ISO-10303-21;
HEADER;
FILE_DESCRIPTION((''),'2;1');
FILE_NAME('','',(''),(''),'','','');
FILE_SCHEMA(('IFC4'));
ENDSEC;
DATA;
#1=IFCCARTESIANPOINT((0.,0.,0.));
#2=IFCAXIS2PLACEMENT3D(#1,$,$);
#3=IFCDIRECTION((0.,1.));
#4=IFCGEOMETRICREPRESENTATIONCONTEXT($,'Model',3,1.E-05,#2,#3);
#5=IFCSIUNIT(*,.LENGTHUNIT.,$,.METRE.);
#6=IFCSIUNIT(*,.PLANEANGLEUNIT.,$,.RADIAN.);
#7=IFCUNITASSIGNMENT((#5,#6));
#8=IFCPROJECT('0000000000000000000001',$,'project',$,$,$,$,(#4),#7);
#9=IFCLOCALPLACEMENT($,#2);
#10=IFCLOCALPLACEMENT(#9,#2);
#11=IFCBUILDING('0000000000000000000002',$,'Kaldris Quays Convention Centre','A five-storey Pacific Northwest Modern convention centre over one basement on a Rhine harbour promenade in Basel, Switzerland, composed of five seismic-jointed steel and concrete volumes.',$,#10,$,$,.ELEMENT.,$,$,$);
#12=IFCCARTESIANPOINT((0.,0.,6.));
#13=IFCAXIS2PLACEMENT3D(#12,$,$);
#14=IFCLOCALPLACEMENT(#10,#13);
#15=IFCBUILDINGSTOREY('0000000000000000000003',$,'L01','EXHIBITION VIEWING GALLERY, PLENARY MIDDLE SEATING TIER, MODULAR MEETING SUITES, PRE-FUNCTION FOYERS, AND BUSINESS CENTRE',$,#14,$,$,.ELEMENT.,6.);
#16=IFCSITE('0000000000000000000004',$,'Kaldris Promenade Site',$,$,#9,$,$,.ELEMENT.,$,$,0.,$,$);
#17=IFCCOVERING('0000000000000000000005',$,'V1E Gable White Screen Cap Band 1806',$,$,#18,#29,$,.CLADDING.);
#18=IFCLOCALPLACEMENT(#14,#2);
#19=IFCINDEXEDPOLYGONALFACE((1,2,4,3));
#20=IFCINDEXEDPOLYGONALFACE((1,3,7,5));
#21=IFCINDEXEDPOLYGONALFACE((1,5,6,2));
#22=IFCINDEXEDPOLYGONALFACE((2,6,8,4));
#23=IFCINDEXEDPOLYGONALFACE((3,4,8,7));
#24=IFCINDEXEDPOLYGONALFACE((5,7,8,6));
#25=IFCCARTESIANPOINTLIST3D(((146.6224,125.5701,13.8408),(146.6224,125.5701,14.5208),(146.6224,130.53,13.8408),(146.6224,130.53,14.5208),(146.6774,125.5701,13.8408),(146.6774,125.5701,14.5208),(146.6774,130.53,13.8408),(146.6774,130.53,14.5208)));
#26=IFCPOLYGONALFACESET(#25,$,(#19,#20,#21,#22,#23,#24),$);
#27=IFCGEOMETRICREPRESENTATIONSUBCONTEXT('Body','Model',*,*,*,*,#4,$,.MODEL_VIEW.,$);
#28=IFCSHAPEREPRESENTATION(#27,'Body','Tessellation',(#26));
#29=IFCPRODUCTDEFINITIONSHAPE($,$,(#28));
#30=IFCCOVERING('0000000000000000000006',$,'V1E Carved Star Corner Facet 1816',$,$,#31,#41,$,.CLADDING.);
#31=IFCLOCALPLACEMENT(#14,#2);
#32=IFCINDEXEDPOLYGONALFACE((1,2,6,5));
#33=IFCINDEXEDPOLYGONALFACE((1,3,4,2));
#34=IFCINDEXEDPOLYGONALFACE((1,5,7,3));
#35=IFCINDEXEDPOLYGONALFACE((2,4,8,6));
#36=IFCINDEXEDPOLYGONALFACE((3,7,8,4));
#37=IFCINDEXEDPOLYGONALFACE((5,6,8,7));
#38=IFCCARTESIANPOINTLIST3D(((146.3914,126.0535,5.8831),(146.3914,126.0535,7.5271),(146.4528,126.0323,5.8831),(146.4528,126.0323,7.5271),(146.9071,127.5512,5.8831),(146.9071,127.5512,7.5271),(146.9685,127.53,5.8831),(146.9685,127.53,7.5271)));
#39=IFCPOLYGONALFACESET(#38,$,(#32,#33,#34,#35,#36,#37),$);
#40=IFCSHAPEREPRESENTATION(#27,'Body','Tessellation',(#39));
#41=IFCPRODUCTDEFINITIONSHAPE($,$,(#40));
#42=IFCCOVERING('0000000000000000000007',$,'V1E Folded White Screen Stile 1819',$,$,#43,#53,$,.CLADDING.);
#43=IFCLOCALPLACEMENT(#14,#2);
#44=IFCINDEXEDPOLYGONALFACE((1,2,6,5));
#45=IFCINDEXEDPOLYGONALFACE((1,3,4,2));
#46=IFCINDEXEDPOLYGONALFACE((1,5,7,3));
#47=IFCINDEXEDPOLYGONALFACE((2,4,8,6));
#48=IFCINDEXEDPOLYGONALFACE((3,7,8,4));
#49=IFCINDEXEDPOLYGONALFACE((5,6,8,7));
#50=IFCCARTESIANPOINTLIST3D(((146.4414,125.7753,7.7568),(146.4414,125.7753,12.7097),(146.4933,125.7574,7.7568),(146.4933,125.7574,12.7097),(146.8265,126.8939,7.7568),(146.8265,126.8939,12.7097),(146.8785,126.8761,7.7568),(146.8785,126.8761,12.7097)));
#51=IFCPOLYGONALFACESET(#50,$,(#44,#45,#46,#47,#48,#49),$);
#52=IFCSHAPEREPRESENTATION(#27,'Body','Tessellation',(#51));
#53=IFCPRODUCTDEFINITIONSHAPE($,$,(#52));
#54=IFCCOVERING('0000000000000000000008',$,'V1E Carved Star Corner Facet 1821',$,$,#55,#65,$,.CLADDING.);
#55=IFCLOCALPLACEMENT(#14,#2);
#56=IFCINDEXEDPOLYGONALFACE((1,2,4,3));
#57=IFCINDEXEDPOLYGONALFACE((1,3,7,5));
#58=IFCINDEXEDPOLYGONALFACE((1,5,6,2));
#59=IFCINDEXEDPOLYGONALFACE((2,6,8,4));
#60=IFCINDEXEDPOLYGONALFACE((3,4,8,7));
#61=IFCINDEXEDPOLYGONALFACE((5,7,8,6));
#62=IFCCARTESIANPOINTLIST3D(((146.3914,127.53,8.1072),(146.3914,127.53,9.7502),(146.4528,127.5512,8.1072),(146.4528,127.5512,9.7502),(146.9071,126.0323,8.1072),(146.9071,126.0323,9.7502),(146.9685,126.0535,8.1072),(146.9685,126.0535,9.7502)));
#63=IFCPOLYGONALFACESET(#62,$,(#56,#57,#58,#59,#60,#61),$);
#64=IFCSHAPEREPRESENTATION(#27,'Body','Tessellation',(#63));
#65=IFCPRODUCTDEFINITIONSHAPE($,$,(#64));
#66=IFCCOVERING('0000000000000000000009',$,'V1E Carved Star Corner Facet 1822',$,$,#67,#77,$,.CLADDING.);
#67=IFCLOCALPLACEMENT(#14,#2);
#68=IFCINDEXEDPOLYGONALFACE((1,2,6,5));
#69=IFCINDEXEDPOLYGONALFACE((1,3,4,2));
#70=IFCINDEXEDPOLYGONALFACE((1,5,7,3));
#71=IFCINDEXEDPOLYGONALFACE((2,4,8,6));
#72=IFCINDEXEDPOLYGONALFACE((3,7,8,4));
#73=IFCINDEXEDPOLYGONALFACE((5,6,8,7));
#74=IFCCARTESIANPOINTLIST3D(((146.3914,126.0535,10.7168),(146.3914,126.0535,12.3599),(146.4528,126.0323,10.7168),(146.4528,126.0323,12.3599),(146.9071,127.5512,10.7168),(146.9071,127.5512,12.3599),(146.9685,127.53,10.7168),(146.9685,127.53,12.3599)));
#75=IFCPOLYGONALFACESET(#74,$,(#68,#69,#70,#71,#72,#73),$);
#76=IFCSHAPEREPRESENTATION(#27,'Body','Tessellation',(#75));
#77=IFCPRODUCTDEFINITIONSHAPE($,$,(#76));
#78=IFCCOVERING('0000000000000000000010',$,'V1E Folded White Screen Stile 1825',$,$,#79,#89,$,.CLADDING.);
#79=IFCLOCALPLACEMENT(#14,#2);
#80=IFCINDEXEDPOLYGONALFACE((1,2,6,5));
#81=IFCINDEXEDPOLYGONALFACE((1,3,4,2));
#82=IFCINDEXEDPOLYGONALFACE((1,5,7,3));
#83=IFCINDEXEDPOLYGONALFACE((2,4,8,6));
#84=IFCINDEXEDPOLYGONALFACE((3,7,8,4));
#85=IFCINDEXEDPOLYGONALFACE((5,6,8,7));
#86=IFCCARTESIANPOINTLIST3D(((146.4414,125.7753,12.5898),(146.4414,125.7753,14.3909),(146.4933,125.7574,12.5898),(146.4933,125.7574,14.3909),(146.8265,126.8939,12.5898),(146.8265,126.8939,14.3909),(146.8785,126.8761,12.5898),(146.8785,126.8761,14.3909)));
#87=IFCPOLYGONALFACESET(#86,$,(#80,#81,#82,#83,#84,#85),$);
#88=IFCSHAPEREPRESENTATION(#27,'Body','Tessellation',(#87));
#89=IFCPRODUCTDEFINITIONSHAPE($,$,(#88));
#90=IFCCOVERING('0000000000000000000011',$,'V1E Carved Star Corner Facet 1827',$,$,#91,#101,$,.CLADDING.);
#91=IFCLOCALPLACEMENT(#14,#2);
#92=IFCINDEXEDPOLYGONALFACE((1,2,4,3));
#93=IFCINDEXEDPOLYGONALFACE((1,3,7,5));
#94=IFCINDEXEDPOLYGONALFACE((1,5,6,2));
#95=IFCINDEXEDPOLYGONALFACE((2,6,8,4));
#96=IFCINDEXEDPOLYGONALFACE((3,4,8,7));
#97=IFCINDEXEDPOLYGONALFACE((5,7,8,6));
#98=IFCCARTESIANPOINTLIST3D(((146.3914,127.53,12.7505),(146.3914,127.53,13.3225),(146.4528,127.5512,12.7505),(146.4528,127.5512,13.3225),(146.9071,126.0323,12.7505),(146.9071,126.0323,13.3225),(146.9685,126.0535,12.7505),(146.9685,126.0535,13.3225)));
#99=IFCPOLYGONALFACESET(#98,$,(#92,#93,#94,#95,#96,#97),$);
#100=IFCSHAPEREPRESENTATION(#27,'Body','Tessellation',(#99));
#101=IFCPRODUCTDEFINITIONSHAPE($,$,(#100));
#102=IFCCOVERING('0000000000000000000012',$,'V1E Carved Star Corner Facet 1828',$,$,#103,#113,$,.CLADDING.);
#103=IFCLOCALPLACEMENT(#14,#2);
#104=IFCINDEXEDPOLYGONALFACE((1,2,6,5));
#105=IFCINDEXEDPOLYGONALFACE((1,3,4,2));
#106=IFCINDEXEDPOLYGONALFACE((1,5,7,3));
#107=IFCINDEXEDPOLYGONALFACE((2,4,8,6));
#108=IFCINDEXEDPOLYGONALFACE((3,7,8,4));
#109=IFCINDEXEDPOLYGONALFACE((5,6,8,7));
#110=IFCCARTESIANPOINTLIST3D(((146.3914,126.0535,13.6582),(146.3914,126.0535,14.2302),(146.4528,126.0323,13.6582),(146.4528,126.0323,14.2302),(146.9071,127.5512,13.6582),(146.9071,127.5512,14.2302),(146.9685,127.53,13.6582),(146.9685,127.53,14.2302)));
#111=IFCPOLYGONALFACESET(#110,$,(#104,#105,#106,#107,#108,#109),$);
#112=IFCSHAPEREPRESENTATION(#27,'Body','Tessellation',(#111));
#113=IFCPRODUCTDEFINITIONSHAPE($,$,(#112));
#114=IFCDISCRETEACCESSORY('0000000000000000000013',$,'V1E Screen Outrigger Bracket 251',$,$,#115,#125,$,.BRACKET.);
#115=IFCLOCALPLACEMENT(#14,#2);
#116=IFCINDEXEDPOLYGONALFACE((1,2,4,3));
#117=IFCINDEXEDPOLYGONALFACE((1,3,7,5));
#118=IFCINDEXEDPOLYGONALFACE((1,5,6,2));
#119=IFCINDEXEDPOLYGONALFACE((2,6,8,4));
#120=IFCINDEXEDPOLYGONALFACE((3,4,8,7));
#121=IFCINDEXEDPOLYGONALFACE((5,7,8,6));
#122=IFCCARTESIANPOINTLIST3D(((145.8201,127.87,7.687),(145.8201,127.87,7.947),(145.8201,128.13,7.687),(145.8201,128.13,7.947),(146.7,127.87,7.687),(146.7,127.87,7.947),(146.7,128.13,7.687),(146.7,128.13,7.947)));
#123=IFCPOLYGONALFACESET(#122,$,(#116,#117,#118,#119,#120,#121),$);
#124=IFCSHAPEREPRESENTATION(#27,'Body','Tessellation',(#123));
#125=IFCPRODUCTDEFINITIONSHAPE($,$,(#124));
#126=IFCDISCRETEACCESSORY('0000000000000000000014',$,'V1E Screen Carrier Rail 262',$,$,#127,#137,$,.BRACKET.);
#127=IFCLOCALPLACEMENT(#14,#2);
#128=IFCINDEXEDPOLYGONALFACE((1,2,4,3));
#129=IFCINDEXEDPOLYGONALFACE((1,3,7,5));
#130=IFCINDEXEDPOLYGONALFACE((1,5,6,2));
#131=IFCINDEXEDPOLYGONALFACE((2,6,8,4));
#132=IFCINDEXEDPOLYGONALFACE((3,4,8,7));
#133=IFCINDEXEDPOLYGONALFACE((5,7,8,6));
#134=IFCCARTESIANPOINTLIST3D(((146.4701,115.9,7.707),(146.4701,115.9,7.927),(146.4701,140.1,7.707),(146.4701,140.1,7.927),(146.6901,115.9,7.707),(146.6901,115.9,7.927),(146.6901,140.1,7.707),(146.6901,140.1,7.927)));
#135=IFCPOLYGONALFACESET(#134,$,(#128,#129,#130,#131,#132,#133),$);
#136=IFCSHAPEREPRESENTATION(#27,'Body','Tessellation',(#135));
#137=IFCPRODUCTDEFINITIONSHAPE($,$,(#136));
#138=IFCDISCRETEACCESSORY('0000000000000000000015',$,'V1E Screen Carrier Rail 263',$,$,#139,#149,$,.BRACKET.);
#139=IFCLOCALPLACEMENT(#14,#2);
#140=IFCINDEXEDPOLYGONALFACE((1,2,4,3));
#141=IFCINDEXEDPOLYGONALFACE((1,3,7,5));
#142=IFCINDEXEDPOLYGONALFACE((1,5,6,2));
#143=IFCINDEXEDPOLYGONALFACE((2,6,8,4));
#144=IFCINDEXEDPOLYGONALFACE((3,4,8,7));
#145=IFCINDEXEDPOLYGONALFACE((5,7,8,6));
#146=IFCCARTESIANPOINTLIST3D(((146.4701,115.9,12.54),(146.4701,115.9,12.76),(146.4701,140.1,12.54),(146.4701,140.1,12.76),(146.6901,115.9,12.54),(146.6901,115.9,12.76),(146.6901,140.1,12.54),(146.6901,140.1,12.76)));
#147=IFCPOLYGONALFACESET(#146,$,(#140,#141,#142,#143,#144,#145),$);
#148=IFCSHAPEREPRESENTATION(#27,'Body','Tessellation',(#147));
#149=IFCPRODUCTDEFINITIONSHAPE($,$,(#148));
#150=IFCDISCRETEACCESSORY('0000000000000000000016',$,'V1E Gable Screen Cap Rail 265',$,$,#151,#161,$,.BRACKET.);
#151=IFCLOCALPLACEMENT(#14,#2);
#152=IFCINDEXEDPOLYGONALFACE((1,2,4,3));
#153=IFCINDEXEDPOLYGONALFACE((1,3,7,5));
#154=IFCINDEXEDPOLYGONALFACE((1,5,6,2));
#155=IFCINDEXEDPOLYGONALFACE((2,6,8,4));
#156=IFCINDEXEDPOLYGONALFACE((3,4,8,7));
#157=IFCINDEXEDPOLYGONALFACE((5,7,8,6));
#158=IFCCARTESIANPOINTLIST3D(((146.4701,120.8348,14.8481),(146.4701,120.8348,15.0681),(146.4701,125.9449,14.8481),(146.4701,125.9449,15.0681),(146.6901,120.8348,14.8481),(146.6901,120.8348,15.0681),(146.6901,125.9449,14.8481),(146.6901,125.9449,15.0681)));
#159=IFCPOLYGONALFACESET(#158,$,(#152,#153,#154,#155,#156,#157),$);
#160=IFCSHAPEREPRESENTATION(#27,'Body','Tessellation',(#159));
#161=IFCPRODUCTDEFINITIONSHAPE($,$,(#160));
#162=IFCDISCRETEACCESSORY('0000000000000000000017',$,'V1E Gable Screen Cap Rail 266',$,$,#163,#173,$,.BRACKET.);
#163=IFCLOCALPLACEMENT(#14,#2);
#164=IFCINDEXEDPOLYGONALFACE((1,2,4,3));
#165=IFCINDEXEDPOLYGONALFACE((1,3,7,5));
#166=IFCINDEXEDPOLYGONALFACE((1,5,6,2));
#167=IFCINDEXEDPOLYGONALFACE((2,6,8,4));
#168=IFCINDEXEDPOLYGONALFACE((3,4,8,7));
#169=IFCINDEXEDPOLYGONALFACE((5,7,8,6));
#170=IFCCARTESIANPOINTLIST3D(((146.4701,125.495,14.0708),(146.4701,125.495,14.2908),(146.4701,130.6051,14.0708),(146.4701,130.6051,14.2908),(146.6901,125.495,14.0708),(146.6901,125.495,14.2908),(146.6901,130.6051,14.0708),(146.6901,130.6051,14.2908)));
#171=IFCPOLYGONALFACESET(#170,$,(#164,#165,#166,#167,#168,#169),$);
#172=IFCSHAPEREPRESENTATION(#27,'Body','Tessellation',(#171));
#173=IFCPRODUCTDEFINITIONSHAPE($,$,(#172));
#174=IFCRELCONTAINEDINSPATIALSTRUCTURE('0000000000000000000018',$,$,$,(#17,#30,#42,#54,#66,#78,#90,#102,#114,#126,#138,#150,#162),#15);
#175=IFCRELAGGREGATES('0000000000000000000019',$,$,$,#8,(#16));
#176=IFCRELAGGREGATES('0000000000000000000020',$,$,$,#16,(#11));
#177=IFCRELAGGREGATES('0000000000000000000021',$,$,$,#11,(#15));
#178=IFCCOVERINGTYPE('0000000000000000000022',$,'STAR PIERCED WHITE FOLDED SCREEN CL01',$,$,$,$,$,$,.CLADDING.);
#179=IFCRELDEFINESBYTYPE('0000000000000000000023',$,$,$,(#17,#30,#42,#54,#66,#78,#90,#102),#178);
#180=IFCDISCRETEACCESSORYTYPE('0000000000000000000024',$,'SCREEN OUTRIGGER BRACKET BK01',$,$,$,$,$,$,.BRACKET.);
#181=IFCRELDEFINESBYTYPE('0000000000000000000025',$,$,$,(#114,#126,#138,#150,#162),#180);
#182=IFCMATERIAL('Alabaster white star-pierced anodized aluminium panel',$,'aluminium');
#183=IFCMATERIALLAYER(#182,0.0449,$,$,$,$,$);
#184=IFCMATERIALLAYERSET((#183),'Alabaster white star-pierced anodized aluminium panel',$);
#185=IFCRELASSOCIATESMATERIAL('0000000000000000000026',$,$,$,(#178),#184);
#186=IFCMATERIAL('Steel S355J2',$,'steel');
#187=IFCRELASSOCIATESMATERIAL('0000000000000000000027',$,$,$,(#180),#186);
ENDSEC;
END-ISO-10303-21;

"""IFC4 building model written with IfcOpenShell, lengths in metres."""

from ifc_helpers import new_model, si_unit, direction, frame, origin, origin_2d, place, context, subcontext, project, spatial, rectangle, extrude, material, layer, layer_set, type_object, element, save


model = new_model("IFC4")

# Units and contexts
model_context = context("Model", 3, precision=1e-05, world=origin(), true_north=direction((0.0, 1.0)))
body_context = subcontext(model_context, "Body", "Model", "MODEL_VIEW")
ifc_project = project(units=[si_unit("LENGTHUNIT", "METRE"), si_unit("PLANEANGLEUNIT", "RADIAN")], contexts=[model_context])

# Site, building, storey
site_placement = place(None, origin())
site = spatial("IfcSite", under=ifc_project, at=site_placement, Name="Kaldris Promenade Site", CompositionType="ELEMENT", RefElevation=0.0)
building_placement = place(site_placement, origin())
building = spatial("IfcBuilding", under=site, at=building_placement, Name="Kaldris Quays Convention Centre", Description="A five-storey Pacific Northwest Modern convention centre over one basement on a Rhine harbour promenade in Basel, Switzerland, composed of five seismic-jointed steel and concrete volumes.", CompositionType="ELEMENT")
storey_placement = place(building_placement, frame((0.0, 0.0, 6.0)))
storey = spatial("IfcBuildingStorey", under=building, at=storey_placement, Name="L01", Description="EXHIBITION VIEWING GALLERY, PLENARY MIDDLE SEATING TIER, MODULAR MEETING SUITES, PRE-FUNCTION FOYERS, AND BUSINESS CENTRE", CompositionType="ELEMENT", Elevation=6.0)

# Shared definitions
ifc_material_1 = material(Name="Steel S355J2", Category="steel")

# Coverings
ifc_material_2 = material(Name="Alabaster white star-pierced anodized aluminium panel", Category="aluminium")
ifc_layer = layer(ifc_material_2, 0.0449)
ifc_layer_set = layer_set([ifc_layer], Name="Alabaster white star-pierced anodized aluminium panel")
covering_type = type_object("IfcCoveringType", Name="STAR PIERCED WHITE FOLDED SCREEN CL01", PredefinedType="CLADDING", material=ifc_layer_set)
covering_1_placement = place(storey_placement, frame((146.6499, 128.05, 13.8408), z_axis=(0.0, 0.0, 1.0), x_axis=(0.0, 1.0, 0.0)))
element("IfcCovering", 1, at=covering_1_placement, inside=storey, type_object=covering_type, Name="V1E Gable White Screen Cap Band 1806", PredefinedType="CLADDING", context=body_context, shape_type="SweptSolid", body=[
    extrude(rectangle(XDim=4.96, YDim=0.0549, at=origin_2d()), origin(), (0.0, 0.0, 1.0), 0.6799),
])
covering_2_placement = place(storey_placement, frame((146.6799, 126.7917, 5.8831), z_axis=(0.0, 0.0, 1.0), x_axis=(0.325568, 0.945519, 0.0)))
element("IfcCovering", 2, at=covering_2_placement, inside=storey, type_object=covering_type, Name="V1E Carved Star Corner Facet 1816", PredefinedType="CLADDING", context=body_context, shape_type="SweptSolid", body=[
    extrude(rectangle(XDim=1.584, YDim=0.0649, at=origin_2d()), origin(), (0.0, 0.0, 1.0), 1.644),
])
covering_3_placement = place(storey_placement, frame((146.6599, 126.3257, 7.7568), z_axis=(0.0, 0.0, 1.0), x_axis=(0.325568, 0.945519, 0.0)))
element("IfcCovering", 3, at=covering_3_placement, inside=storey, type_object=covering_type, Name="V1E Folded White Screen Stile 1819", PredefinedType="CLADDING", context=body_context, shape_type="SweptSolid", body=[
    extrude(rectangle(XDim=1.1831, YDim=0.0549, at=origin_2d()), origin(), (0.0, 0.0, 1.0), 4.9529),
])
for number, where, z_axis, x_axis, name in (
    (4, (146.6799, 126.7917, 8.1072), (0.0, 0.0, 1.0), (-0.325568, 0.945519, 0.0), "V1E Carved Star Corner Facet 1821"),
    (5, (146.6799, 126.7917, 10.7168), (0.0, 0.0, 1.0), (0.325568, 0.945519, 0.0), "V1E Carved Star Corner Facet 1822"),
):
    element("IfcCovering", number, at=place(storey_placement, frame(where, z_axis=z_axis, x_axis=x_axis)), inside=storey, type_object=covering_type, Name=name, PredefinedType="CLADDING", context=body_context, shape_type="SweptSolid", body=[
        extrude(rectangle(XDim=1.584, YDim=0.0649, at=origin_2d()), origin(), (0.0, 0.0, 1.0), 1.6431),
    ])
covering_4_placement = place(storey_placement, frame((146.6599, 126.3257, 12.5898), z_axis=(0.0, 0.0, 1.0), x_axis=(0.325568, 0.945519, 0.0)))
element("IfcCovering", 6, at=covering_4_placement, inside=storey, type_object=covering_type, Name="V1E Folded White Screen Stile 1825", PredefinedType="CLADDING", context=body_context, shape_type="SweptSolid", body=[
    extrude(rectangle(XDim=1.1831, YDim=0.0549, at=origin_2d()), origin(), (0.0, 0.0, 1.0), 1.801),
])
for number, where, z_axis, x_axis, name in (
    (7, (146.6799, 126.7917, 12.7505), (0.0, 0.0, 1.0), (-0.325568, 0.945519, 0.0), "V1E Carved Star Corner Facet 1827"),
    (8, (146.6799, 126.7917, 13.6582), (0.0, 0.0, 1.0), (0.325568, 0.945519, 0.0), "V1E Carved Star Corner Facet 1828"),
):
    element("IfcCovering", number, at=place(storey_placement, frame(where, z_axis=z_axis, x_axis=x_axis)), inside=storey, type_object=covering_type, Name=name, PredefinedType="CLADDING", context=body_context, shape_type="SweptSolid", body=[
        extrude(rectangle(XDim=1.584, YDim=0.0649, at=origin_2d()), origin(), (0.0, 0.0, 1.0), 0.572),
    ])

# Discrete accessories
discrete_accessory_type = type_object("IfcDiscreteAccessoryType", Name="SCREEN OUTRIGGER BRACKET BK01", PredefinedType="BRACKET", material=ifc_material_1)
discrete_accessory_placement = place(storey_placement, frame((146.26, 128.0, 7.687), z_axis=(0.0, 0.0, 1.0), x_axis=(0.0, 1.0, 0.0)))
element("IfcDiscreteAccessory", 9, at=discrete_accessory_placement, inside=storey, type_object=discrete_accessory_type, Name="V1E Screen Outrigger Bracket 251", PredefinedType="BRACKET", context=body_context, shape_type="SweptSolid", body=[
    extrude(rectangle(XDim=0.26, YDim=0.8799, at=origin_2d()), origin(), (0.0, 0.0, 1.0), 0.26),
])
for number, where, z_axis, x_axis, name in (
    (10, (146.5801, 128.0, 7.707), (0.0, 0.0, 1.0), (0.0, 1.0, 0.0), "V1E Screen Carrier Rail 262"),
    (11, (146.5801, 128.0, 12.54), (0.0, 0.0, 1.0), (0.0, 1.0, 0.0), "V1E Screen Carrier Rail 263"),
):
    element("IfcDiscreteAccessory", number, at=place(storey_placement, frame(where, z_axis=z_axis, x_axis=x_axis)), inside=storey, type_object=discrete_accessory_type, Name=name, PredefinedType="BRACKET", context=body_context, shape_type="SweptSolid", body=[
        extrude(rectangle(XDim=24.2, YDim=0.22, at=origin_2d()), origin(), (0.0, 0.0, 1.0), 0.22),
    ])
for number, where, z_axis, x_axis, name in (
    (12, (146.5801, 123.3899, 14.8481), (0.0, 0.0, 1.0), (0.0, 1.0, 0.0), "V1E Gable Screen Cap Rail 265"),
    (13, (146.5801, 128.05, 14.0708), (0.0, 0.0, 1.0), (0.0, 1.0, 0.0), "V1E Gable Screen Cap Rail 266"),
):
    element("IfcDiscreteAccessory", number, at=place(storey_placement, frame(where, z_axis=z_axis, x_axis=x_axis)), inside=storey, type_object=discrete_accessory_type, Name=name, PredefinedType="BRACKET", context=body_context, shape_type="SweptSolid", body=[
        extrude(rectangle(XDim=5.1101, YDim=0.22, at=origin_2d()), origin(), (0.0, 0.0, 1.0), 0.22),
    ])

save(model, "model.ifc")
